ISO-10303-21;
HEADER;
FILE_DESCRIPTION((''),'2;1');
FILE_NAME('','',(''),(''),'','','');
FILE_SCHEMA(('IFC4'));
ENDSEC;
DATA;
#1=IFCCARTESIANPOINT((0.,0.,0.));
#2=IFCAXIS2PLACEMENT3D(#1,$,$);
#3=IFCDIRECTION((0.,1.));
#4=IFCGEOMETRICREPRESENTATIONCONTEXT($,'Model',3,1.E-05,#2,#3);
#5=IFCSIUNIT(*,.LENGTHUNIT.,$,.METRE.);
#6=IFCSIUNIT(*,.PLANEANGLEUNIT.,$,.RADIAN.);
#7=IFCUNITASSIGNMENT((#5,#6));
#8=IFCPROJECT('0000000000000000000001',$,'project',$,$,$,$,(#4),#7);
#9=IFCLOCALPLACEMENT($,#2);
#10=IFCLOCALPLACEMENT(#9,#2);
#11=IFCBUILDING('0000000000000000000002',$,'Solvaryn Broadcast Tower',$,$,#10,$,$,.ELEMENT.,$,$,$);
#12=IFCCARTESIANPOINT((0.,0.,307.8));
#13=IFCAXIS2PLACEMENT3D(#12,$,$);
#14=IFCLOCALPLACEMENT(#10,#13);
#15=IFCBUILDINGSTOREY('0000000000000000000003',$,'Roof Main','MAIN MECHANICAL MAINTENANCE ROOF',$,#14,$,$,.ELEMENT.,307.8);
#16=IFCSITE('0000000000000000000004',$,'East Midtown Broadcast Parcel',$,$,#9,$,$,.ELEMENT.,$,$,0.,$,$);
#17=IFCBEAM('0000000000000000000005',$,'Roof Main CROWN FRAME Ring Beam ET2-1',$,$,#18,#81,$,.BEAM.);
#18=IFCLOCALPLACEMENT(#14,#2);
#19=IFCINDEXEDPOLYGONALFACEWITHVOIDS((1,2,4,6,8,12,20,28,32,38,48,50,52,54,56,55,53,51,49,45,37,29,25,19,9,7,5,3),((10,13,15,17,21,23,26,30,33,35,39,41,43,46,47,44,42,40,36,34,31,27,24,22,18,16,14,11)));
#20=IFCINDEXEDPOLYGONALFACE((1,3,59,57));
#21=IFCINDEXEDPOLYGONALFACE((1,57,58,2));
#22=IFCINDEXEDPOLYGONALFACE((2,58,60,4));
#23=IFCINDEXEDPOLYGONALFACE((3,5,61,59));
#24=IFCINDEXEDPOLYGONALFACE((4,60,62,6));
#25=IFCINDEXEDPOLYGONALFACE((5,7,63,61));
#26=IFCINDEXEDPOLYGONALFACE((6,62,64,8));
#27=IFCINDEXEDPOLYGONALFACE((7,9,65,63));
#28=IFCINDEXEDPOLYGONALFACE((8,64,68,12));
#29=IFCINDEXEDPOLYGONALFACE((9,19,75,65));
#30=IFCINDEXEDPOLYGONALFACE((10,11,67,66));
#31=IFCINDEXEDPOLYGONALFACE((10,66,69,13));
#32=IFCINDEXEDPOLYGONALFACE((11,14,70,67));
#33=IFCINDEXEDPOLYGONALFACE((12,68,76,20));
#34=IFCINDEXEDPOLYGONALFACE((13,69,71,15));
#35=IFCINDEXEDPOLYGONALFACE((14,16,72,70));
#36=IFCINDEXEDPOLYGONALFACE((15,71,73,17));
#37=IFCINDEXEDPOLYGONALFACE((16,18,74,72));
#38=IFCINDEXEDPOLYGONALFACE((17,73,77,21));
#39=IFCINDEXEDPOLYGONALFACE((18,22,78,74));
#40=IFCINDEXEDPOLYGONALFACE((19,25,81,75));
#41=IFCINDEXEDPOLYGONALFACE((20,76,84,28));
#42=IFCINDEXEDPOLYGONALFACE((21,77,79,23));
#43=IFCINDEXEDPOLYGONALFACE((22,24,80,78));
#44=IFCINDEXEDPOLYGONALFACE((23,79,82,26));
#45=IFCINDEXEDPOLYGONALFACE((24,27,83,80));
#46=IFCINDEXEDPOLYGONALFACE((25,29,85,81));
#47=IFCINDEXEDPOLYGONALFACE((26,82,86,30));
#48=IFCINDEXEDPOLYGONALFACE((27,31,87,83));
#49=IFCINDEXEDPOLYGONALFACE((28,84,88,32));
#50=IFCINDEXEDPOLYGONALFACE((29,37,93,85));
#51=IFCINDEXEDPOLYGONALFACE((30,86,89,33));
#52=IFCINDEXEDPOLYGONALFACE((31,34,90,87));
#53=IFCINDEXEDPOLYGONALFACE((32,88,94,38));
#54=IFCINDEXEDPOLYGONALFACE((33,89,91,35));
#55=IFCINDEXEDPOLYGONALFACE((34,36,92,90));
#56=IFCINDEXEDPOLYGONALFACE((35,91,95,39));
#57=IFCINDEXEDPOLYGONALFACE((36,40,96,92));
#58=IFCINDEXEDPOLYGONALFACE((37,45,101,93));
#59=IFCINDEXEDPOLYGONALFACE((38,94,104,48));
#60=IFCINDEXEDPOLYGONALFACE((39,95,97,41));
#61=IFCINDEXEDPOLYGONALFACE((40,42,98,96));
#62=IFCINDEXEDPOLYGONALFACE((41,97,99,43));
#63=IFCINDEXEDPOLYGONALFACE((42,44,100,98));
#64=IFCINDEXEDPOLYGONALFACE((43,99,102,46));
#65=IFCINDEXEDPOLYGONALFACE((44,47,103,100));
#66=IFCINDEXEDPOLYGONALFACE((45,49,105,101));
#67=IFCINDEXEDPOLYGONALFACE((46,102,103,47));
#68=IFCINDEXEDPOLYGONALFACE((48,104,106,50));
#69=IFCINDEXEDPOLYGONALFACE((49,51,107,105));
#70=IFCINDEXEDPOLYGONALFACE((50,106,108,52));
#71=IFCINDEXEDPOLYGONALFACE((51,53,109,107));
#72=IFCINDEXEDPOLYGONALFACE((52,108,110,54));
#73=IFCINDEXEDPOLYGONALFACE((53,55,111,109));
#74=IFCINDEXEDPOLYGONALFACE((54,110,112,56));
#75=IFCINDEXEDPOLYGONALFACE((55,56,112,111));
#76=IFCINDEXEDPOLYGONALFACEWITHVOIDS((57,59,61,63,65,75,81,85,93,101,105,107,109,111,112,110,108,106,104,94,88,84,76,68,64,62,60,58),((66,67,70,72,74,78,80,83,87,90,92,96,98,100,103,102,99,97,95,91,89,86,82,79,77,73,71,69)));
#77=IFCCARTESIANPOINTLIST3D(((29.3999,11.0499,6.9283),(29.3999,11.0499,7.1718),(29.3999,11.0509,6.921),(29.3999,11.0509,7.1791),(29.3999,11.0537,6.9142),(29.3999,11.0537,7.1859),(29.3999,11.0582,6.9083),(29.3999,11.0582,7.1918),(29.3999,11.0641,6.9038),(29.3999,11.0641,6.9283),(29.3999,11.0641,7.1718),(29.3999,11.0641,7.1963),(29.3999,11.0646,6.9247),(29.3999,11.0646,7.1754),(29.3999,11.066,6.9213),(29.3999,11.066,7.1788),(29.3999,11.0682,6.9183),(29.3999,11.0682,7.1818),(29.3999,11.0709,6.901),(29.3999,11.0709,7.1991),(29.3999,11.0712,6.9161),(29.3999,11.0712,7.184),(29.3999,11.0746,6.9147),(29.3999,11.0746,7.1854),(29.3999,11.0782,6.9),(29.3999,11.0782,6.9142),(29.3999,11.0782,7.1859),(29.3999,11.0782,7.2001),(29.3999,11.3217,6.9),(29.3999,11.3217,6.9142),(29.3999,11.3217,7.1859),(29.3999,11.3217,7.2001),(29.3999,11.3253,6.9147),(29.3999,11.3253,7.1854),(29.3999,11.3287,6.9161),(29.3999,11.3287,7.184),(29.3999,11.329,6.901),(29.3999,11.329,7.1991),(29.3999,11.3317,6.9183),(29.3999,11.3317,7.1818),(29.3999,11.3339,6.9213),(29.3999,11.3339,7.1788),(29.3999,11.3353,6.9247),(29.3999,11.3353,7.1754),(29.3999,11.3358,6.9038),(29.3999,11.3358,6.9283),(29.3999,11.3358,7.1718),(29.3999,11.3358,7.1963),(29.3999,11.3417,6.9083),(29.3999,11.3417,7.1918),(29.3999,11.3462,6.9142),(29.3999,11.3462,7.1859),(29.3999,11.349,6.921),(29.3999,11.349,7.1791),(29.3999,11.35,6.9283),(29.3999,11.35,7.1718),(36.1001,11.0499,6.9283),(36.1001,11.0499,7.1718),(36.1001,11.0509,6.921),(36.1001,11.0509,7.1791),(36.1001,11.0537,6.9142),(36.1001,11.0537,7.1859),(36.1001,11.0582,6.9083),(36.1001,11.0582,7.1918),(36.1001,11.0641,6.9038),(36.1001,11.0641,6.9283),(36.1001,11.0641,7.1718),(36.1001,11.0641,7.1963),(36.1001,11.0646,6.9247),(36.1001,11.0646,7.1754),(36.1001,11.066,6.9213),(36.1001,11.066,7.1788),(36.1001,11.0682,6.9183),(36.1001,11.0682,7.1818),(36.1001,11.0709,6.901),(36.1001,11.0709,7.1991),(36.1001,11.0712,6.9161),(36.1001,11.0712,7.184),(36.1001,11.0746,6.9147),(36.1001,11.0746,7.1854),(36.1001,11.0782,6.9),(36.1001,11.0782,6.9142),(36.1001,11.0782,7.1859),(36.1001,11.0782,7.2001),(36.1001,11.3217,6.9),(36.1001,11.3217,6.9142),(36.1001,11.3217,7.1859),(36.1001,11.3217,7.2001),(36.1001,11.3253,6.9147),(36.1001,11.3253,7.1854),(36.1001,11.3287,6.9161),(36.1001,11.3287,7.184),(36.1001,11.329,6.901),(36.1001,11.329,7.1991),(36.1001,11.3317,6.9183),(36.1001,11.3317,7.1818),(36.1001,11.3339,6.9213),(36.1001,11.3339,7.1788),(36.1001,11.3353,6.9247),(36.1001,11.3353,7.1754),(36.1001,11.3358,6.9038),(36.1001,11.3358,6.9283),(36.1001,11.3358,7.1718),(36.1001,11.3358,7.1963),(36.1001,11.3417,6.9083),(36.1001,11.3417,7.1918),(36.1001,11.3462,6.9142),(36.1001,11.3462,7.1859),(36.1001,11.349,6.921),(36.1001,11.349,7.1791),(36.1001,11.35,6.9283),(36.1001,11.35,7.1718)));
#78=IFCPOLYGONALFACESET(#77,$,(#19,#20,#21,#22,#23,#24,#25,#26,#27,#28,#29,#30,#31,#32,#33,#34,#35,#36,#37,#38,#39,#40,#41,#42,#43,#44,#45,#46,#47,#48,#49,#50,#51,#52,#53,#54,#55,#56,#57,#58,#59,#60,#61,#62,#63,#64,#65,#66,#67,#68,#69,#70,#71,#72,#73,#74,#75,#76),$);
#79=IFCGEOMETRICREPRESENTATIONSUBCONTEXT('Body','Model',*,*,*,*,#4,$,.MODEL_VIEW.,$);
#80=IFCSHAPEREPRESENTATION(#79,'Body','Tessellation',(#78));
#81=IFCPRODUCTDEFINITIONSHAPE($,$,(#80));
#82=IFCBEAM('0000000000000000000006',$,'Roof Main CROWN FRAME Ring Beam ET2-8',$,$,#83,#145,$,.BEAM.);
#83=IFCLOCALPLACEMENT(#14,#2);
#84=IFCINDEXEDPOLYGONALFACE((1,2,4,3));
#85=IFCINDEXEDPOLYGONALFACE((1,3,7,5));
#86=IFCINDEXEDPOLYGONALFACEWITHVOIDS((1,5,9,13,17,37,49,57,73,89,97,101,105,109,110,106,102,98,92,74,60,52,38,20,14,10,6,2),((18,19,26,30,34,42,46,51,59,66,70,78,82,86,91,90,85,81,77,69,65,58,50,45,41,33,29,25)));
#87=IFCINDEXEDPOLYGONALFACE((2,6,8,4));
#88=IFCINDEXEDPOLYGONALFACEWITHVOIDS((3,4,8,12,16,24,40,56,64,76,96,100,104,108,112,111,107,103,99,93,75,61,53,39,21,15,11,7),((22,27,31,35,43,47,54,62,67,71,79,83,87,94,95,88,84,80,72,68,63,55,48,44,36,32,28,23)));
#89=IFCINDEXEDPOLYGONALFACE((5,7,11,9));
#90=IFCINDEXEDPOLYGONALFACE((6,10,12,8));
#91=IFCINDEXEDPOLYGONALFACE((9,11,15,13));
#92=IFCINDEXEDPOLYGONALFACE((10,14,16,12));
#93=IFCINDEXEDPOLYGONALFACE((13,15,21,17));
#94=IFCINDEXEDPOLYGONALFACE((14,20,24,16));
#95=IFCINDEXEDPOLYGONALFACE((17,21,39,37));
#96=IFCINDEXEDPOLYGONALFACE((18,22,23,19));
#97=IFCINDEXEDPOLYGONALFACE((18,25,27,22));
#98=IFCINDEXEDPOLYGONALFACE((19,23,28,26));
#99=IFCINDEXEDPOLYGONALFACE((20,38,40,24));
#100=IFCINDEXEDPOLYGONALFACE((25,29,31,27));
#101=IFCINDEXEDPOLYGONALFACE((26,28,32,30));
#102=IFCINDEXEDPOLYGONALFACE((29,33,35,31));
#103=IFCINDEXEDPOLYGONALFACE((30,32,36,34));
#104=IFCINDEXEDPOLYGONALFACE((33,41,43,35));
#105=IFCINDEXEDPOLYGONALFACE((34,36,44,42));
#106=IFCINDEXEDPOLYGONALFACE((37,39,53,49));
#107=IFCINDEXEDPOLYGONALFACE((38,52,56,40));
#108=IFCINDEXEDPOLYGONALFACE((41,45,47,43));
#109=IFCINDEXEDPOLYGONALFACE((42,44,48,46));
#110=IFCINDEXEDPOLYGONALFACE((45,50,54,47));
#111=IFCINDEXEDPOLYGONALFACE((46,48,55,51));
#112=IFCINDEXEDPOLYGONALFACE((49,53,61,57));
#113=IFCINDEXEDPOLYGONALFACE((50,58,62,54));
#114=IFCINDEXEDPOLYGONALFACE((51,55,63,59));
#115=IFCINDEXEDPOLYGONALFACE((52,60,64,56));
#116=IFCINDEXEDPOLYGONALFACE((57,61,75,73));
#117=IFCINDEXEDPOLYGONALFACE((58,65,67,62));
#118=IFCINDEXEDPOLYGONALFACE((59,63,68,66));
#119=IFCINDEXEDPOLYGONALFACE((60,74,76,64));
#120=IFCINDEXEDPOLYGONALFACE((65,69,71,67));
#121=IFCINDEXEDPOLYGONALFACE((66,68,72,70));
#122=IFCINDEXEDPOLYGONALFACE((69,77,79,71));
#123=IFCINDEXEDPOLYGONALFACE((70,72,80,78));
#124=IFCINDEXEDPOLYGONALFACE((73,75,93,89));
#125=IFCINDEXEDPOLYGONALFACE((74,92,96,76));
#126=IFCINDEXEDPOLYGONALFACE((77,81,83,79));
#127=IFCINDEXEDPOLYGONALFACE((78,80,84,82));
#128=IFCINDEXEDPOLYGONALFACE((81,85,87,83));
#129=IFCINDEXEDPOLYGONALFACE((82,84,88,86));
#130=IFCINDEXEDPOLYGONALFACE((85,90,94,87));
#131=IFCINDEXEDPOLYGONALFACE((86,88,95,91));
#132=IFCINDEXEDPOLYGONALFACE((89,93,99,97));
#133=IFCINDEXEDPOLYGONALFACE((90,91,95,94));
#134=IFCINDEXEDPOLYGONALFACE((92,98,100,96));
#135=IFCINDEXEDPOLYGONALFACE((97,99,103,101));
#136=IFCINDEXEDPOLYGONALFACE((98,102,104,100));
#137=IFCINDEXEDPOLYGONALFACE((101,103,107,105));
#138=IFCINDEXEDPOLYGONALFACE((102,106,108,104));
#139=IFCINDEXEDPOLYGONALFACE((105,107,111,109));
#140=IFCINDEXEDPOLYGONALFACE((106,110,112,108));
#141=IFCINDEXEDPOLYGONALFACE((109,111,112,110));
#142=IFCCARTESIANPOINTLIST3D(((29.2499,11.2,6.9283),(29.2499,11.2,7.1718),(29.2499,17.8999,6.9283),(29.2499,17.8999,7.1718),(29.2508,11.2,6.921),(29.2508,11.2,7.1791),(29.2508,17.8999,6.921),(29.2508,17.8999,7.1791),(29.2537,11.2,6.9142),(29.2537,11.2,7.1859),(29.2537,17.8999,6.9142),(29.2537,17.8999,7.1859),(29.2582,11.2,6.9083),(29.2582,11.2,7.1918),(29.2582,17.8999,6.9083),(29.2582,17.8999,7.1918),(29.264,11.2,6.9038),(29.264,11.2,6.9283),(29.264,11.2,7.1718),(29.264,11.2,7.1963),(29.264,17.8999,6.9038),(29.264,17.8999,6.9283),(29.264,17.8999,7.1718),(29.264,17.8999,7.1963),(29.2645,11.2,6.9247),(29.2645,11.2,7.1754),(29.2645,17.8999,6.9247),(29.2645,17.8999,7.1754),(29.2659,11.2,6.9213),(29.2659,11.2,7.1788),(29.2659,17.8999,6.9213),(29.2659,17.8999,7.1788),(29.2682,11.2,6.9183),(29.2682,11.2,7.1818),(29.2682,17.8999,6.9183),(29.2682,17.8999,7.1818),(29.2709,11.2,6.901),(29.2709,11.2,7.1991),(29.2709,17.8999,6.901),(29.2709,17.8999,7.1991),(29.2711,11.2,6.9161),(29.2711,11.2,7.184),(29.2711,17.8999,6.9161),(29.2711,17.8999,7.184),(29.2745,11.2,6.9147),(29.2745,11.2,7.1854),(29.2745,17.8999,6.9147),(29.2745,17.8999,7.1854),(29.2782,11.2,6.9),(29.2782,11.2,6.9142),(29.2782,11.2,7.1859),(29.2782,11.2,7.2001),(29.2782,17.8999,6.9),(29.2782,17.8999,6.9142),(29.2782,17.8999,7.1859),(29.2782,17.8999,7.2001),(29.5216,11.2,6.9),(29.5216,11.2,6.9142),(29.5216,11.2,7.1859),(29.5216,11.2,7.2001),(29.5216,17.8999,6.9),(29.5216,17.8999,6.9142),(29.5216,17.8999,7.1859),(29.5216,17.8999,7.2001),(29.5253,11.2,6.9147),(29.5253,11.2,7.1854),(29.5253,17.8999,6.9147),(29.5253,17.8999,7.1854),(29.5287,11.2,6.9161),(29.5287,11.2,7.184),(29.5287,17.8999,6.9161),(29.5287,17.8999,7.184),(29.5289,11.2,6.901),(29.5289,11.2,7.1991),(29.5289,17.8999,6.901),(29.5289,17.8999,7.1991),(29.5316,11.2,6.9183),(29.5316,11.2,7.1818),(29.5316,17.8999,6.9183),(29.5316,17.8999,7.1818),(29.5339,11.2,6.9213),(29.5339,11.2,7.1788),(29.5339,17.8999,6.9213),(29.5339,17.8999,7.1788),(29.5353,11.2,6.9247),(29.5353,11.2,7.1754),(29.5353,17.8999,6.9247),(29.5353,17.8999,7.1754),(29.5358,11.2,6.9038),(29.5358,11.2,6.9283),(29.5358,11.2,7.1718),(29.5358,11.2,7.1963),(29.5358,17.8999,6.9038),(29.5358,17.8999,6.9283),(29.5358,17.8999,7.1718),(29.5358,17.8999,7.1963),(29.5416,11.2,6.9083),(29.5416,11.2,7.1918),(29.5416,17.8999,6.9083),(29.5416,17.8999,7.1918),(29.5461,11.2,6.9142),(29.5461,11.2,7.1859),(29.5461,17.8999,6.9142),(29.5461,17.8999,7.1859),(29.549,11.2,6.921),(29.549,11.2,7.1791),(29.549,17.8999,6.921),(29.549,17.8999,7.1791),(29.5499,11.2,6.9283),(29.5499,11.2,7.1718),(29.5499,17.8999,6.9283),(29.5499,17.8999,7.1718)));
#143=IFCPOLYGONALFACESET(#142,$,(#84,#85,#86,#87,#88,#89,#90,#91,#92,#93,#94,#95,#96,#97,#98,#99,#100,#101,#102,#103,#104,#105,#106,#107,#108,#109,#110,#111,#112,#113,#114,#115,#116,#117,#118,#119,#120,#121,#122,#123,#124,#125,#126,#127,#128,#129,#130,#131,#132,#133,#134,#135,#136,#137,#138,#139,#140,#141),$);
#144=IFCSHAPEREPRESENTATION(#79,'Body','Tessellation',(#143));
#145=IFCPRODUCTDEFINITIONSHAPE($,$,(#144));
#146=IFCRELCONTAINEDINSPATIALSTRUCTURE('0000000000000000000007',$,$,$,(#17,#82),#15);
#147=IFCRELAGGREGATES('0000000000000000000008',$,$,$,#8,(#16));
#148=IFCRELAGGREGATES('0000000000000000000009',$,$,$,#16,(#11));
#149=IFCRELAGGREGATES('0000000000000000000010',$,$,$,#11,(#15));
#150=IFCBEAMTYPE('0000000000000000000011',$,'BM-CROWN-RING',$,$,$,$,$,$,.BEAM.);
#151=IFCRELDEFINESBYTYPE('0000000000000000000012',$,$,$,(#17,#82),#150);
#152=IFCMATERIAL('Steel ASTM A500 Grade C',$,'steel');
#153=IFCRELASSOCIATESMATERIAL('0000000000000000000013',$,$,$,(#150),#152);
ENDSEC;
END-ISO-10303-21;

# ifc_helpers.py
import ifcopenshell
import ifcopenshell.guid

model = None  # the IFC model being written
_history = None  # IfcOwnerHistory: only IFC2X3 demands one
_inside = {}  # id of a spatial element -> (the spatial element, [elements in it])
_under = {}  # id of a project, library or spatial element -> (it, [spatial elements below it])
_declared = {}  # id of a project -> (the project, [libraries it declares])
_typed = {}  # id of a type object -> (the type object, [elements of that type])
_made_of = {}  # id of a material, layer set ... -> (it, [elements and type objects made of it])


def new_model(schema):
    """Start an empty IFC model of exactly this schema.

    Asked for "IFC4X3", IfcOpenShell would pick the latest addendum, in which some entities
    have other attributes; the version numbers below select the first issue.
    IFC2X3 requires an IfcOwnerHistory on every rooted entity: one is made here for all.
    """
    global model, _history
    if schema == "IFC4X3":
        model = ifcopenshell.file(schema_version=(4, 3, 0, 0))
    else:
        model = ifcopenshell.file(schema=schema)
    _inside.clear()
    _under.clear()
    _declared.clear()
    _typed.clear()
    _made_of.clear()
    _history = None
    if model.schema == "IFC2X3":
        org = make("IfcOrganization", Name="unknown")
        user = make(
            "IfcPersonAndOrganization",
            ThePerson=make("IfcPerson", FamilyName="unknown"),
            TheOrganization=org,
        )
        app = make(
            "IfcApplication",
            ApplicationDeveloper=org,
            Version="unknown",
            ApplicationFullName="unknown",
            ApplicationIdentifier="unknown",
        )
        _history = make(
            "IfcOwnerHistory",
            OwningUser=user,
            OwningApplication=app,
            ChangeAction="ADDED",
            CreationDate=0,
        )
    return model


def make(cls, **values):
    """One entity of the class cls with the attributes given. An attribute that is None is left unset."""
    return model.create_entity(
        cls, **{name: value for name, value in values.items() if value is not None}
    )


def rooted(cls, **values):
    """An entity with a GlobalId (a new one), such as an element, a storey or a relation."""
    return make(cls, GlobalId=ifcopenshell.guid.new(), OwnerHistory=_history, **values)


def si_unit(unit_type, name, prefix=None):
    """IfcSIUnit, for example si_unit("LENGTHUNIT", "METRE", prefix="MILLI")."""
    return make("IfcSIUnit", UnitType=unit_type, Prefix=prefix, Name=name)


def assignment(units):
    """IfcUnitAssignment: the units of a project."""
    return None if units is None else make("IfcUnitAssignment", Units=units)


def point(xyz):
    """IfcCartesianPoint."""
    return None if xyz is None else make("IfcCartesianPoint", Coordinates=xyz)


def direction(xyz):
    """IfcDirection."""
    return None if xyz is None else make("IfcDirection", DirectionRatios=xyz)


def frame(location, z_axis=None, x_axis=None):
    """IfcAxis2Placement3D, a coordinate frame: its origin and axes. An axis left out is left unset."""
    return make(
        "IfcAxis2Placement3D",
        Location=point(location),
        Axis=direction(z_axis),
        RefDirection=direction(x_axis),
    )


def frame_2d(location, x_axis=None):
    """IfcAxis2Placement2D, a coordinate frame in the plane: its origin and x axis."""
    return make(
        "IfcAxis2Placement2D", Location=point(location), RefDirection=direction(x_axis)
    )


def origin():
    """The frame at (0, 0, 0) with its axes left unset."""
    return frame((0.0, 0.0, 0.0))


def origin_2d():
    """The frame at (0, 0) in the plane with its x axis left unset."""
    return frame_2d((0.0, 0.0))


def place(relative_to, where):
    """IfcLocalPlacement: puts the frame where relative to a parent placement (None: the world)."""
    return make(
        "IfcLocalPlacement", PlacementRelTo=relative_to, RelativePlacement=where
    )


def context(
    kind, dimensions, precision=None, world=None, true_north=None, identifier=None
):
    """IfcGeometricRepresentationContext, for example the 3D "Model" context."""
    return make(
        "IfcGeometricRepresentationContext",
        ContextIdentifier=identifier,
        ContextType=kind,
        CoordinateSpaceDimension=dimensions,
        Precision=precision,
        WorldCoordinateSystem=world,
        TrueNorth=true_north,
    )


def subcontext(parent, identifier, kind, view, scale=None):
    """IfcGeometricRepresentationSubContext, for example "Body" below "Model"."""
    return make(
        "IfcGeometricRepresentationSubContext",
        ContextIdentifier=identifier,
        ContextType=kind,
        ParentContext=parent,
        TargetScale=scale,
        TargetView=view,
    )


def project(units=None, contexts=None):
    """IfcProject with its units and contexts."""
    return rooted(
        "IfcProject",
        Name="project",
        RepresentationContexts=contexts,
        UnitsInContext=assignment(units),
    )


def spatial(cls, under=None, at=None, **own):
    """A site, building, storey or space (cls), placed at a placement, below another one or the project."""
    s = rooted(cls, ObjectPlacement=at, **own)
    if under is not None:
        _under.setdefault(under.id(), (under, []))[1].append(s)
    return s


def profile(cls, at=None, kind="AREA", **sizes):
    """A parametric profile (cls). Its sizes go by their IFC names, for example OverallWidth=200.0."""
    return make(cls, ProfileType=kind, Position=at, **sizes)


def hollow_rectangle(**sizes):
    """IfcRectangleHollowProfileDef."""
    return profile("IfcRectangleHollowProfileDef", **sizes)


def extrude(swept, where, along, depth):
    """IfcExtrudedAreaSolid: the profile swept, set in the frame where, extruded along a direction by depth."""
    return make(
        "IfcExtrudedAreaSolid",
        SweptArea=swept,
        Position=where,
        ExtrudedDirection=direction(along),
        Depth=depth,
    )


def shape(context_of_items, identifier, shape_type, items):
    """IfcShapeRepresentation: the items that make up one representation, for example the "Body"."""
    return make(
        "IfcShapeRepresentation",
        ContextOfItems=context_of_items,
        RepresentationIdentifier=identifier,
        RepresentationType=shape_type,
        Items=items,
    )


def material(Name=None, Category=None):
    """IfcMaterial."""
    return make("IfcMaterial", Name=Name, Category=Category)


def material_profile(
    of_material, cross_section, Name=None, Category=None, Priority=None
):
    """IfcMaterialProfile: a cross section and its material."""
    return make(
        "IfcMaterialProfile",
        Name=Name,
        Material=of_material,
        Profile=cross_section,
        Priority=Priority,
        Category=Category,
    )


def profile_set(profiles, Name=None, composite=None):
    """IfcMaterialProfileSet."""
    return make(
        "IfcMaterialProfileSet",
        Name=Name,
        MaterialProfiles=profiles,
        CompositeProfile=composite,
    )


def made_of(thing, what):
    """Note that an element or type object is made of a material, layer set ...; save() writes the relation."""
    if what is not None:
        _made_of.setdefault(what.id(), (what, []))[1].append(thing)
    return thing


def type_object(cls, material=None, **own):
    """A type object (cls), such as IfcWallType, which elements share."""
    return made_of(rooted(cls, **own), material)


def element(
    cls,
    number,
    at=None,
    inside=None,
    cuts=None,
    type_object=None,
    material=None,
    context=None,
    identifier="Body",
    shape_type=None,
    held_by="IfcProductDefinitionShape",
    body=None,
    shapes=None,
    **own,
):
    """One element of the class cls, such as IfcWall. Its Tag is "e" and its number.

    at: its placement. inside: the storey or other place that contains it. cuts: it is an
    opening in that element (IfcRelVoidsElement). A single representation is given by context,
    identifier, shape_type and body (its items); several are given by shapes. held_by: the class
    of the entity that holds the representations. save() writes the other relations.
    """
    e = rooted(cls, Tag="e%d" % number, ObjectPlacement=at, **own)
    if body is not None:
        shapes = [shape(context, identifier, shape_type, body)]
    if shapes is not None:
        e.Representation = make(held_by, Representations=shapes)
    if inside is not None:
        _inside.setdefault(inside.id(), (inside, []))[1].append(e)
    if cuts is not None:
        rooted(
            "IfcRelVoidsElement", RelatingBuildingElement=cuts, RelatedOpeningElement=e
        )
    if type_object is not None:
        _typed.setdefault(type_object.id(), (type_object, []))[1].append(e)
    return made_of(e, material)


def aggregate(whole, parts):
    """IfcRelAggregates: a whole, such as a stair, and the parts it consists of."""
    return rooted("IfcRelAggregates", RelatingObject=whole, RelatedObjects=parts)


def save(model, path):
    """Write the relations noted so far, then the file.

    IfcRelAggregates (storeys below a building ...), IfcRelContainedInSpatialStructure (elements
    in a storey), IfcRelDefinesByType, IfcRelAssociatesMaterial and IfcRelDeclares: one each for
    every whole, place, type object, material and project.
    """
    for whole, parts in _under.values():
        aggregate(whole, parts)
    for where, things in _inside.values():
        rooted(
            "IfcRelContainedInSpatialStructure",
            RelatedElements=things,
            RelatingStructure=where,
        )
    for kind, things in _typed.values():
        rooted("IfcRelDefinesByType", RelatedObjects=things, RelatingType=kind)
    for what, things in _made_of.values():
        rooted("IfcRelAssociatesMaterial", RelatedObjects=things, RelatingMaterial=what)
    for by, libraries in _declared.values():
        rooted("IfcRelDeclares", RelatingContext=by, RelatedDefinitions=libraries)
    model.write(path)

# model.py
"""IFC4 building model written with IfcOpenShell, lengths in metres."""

from ifc_helpers import new_model, si_unit, direction, frame, origin, origin_2d, place, context, subcontext, project, spatial, hollow_rectangle, extrude, material, material_profile, profile_set, type_object, element, save


model = new_model("IFC4")

# Units and contexts
model_context = context("Model", 3, precision=1e-05, world=origin(), true_north=direction((0.0, 1.0)))
body_context = subcontext(model_context, "Body", "Model", "MODEL_VIEW")
ifc_project = project(units=[si_unit("LENGTHUNIT", "METRE"), si_unit("PLANEANGLEUNIT", "RADIAN")], contexts=[model_context])

# Site, building, storey
site_placement = place(None, origin())
site = spatial("IfcSite", under=ifc_project, at=site_placement, Name="East Midtown Broadcast Parcel", CompositionType="ELEMENT", RefElevation=0.0)
building_placement = place(site_placement, origin())
building = spatial("IfcBuilding", under=site, at=building_placement, Name="Solvaryn Broadcast Tower", CompositionType="ELEMENT")
storey_placement = place(building_placement, frame((0.0, 0.0, 307.8)))
storey = spatial("IfcBuildingStorey", under=building, at=storey_placement, Name="Roof Main", Description="MAIN MECHANICAL MAINTENANCE ROOF", CompositionType="ELEMENT", Elevation=307.8)

# Beams
ifc_material_1 = material(Name="Steel ASTM A500 Grade C", Category="steel")
ifc_material_profile_1 = material_profile(ifc_material_1, hollow_rectangle(XDim=0.3, YDim=0.3, WallThickness=0.0142, InnerFilletRadius=0.0142, OuterFilletRadius=0.0283, at=origin_2d()))
ifc_profile_set_1 = profile_set([ifc_material_profile_1], Name="Steel ASTM A500 Grade C")
beam_type_1 = type_object("IfcBeamType", Name="BM-CROWN-RING", PredefinedType="BEAM", material=ifc_profile_set_1)
beam_1_placement = place(storey_placement, frame((29.3999, 11.2, 7.05), z_axis=(1.0, 0.0, 0.0), x_axis=(0.0, 1.0, 0.0)))
element("IfcBeam", 1, at=beam_1_placement, inside=storey, type_object=beam_type_1, Name="Roof Main CROWN FRAME Ring Beam ET2-1", PredefinedType="BEAM", context=body_context, shape_type="SweptSolid", body=[
    extrude(hollow_rectangle(XDim=0.3, YDim=0.3, WallThickness=0.0142, InnerFilletRadius=0.0142, OuterFilletRadius=0.0283, at=origin_2d()), origin(), (0.0, 0.0, 1.0), 6.7002),
])
beam_2_placement = place(storey_placement, frame((29.3999, 17.8999, 7.05), z_axis=(0.0, -1.0, 0.0), x_axis=(1.0, 0.0, 0.0)))
element("IfcBeam", 2, at=beam_2_placement, inside=storey, type_object=beam_type_1, Name="Roof Main CROWN FRAME Ring Beam ET2-8", PredefinedType="BEAM", context=body_context, shape_type="SweptSolid", body=[
    extrude(hollow_rectangle(XDim=0.3, YDim=0.3, WallThickness=0.0142, InnerFilletRadius=0.0142, OuterFilletRadius=0.0283, at=origin_2d()), origin(), (0.0, 0.0, 1.0), 6.7),
])

save(model, "model.ifc")
